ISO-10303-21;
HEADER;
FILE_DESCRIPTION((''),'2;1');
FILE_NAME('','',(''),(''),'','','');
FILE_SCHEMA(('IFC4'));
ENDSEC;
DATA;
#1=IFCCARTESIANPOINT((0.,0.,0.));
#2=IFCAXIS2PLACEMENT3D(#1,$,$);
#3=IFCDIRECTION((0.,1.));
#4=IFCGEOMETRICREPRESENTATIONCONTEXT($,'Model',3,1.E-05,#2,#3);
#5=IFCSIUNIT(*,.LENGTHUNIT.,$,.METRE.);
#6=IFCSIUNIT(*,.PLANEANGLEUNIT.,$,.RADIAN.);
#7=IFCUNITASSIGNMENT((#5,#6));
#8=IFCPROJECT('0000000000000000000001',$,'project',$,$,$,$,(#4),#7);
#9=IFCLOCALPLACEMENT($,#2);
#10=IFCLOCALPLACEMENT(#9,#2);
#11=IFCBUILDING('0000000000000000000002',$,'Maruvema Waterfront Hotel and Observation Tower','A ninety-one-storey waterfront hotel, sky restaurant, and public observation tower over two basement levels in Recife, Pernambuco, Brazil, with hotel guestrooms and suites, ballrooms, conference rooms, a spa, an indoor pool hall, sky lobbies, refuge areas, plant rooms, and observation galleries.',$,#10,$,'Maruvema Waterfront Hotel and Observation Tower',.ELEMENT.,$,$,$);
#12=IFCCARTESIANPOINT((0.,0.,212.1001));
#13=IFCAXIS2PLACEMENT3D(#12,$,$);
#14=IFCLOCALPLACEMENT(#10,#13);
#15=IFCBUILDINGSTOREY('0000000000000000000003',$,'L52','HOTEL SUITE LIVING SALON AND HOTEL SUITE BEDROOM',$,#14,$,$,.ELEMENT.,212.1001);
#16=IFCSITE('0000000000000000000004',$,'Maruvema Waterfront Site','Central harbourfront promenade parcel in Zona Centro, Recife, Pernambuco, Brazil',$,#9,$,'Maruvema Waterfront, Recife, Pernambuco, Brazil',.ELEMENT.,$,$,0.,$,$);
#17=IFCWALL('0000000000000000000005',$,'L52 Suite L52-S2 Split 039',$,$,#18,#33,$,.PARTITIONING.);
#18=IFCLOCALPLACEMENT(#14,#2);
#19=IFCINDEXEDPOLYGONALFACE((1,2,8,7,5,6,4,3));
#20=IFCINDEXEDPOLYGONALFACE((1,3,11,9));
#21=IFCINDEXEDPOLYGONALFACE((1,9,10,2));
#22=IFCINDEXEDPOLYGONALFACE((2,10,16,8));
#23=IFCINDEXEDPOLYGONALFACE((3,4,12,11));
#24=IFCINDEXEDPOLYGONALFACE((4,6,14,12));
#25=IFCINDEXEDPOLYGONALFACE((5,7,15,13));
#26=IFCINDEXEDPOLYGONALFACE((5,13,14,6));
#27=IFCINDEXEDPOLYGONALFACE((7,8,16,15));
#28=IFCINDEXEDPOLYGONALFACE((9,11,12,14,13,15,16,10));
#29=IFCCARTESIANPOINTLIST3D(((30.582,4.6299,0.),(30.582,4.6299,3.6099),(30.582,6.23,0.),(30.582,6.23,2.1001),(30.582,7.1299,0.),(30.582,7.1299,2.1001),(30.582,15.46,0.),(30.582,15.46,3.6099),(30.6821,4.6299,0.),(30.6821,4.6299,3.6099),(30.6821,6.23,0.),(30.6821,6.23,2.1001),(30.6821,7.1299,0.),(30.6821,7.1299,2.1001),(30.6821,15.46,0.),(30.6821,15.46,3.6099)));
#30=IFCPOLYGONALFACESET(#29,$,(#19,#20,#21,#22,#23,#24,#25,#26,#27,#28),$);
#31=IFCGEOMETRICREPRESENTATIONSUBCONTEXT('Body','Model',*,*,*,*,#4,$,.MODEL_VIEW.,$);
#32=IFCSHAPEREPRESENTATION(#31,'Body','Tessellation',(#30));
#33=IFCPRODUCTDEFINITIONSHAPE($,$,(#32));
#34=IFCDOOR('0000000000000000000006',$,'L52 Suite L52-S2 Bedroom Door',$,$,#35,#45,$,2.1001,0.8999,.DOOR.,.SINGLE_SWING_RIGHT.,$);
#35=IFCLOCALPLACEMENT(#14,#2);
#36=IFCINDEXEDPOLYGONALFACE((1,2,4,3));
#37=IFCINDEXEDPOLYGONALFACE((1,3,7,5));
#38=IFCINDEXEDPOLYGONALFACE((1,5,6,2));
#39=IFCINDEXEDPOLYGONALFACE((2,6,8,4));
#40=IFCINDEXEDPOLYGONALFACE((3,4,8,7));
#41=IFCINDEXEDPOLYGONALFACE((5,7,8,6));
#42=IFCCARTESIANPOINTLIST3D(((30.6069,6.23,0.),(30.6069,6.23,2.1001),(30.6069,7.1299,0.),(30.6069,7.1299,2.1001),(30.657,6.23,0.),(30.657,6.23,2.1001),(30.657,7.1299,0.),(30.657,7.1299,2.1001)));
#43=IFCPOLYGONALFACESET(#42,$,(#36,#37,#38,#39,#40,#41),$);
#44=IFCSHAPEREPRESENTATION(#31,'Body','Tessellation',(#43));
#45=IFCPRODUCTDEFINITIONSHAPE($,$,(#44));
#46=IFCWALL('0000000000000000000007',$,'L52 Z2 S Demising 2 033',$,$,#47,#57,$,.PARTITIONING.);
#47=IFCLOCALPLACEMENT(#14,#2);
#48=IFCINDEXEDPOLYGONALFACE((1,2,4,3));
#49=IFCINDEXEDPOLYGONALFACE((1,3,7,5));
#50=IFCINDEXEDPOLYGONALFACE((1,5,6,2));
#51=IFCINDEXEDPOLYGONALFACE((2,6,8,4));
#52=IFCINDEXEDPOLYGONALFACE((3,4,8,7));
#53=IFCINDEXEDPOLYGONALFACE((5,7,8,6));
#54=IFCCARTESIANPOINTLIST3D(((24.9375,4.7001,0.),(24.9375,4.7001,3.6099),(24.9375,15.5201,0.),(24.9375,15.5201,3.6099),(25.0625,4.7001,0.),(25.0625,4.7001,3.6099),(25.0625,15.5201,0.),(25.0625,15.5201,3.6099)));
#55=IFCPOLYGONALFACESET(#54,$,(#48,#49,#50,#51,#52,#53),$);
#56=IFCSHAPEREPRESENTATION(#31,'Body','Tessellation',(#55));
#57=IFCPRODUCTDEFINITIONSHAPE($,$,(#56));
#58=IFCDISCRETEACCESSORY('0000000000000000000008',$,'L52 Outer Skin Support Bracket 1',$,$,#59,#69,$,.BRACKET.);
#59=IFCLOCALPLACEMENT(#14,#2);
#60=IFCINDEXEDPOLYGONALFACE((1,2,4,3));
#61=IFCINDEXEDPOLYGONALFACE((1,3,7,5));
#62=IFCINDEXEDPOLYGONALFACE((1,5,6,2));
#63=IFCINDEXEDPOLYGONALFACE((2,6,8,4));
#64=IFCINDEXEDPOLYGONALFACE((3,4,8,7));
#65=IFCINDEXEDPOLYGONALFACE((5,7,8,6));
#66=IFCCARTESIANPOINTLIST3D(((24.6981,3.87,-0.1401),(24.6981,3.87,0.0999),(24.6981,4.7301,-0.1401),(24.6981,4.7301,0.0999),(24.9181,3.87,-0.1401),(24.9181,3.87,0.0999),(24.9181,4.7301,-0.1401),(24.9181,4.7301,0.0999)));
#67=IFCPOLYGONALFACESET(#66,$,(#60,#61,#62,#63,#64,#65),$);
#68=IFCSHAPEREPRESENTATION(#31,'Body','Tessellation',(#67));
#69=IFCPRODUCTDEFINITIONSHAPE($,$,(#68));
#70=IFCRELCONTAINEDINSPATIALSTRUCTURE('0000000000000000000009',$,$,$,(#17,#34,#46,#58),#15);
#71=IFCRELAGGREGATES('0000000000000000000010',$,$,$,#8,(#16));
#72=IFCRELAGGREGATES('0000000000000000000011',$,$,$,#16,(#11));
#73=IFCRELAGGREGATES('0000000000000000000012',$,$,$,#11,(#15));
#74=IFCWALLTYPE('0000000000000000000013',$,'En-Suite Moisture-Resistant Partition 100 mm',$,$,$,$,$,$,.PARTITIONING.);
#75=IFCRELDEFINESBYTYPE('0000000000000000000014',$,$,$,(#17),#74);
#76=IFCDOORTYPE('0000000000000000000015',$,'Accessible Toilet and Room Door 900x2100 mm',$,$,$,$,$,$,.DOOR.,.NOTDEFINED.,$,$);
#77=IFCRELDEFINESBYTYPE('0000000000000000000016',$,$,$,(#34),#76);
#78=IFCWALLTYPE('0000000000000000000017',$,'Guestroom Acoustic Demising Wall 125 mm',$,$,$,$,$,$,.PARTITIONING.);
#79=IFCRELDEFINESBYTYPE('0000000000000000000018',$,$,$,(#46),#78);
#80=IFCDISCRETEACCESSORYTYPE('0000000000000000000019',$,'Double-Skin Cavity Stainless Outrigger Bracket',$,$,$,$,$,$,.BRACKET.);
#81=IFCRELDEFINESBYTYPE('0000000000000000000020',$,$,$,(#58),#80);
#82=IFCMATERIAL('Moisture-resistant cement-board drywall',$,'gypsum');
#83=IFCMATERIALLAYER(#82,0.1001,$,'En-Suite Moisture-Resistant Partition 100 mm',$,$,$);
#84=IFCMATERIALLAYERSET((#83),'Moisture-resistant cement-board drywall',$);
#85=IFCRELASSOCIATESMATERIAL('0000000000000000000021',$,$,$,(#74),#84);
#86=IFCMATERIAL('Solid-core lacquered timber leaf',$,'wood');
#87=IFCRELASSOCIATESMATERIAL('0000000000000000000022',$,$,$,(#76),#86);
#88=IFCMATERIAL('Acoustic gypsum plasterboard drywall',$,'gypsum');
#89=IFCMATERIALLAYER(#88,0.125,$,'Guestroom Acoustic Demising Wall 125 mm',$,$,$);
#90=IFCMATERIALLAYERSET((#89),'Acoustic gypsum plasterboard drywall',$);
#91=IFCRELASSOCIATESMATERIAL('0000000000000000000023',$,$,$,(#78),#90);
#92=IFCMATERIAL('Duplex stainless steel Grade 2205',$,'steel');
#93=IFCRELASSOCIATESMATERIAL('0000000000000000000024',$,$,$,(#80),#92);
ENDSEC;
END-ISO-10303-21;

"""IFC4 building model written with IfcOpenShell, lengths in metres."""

from ifc_helpers import new_model, si_unit, direction, frame, frame_2d, origin, origin_2d, place, context, subcontext, project, spatial, rectangle, extrude, material, layer, layer_set, type_object, element, fill, save


model = new_model("IFC4")

# Units and contexts
model_context = context("Model", 3, precision=1e-05, world=origin(), true_north=direction((0.0, 1.0)))
body_context = subcontext(model_context, "Body", "Model", "MODEL_VIEW")
ifc_project = project(units=[si_unit("LENGTHUNIT", "METRE"), si_unit("PLANEANGLEUNIT", "RADIAN")], contexts=[model_context])

# Site, building, storey
site_placement = place(None, origin())
site = spatial("IfcSite", under=ifc_project, at=site_placement, Name="Maruvema Waterfront Site", Description="Central harbourfront promenade parcel in Zona Centro, Recife, Pernambuco, Brazil", LongName="Maruvema Waterfront, Recife, Pernambuco, Brazil", CompositionType="ELEMENT", RefElevation=0.0)
building_placement = place(site_placement, origin())
building = spatial("IfcBuilding", under=site, at=building_placement, Name="Maruvema Waterfront Hotel and Observation Tower", Description="A ninety-one-storey waterfront hotel, sky restaurant, and public observation tower over two basement levels in Recife, Pernambuco, Brazil, with hotel guestrooms and suites, ballrooms, conference rooms, a spa, an indoor pool hall, sky lobbies, refuge areas, plant rooms, and observation galleries.", LongName="Maruvema Waterfront Hotel and Observation Tower", CompositionType="ELEMENT")
storey_placement = place(building_placement, frame((0.0, 0.0, 212.1001)))
storey = spatial("IfcBuildingStorey", under=building, at=storey_placement, Name="L52", Description="HOTEL SUITE LIVING SALON AND HOTEL SUITE BEDROOM", CompositionType="ELEMENT", Elevation=212.1001)

# Shared definitions
ifc_material_1 = material(Name="Moisture-resistant cement-board drywall", Category="gypsum")
ifc_layer_1 = layer(ifc_material_1, 0.1001, Name="En-Suite Moisture-Resistant Partition 100 mm")
ifc_layer_set_1 = layer_set([ifc_layer_1], Name="Moisture-resistant cement-board drywall")
wall_type_1 = type_object("IfcWallType", Name="En-Suite Moisture-Resistant Partition 100 mm", PredefinedType="PARTITIONING", material=ifc_layer_set_1)

# Wall, opening, door
wall_1_placement = place(storey_placement, frame((30.6321, 4.6299, 0.0), z_axis=(0.0, 0.0, 1.0), x_axis=(0.0, 1.0, 0.0)))
wall_1 = element("IfcWall", 1, at=wall_1_placement, inside=storey, type_object=wall_type_1, Name="L52 Suite L52-S2 Split 039", PredefinedType="PARTITIONING", context=body_context, shape_type="SweptSolid", body=[
    extrude(rectangle(XDim=10.8301, YDim=0.1001, at=frame_2d((5.415, 0.0))), origin(), (0.0, 0.0, 1.0), 3.6099),
])
opening_1_placement = place(wall_1_placement, frame((1.6001, 0.0, 0.0)))
opening_1 = element("IfcOpeningElement", 2, at=opening_1_placement, cuts=wall_1, PredefinedType="OPENING", context=body_context, shape_type="SweptSolid", body=[
    extrude(rectangle(XDim=0.8999, YDim=2.1001, at=frame_2d((0.45, 1.05))), frame((0.0, 0.0601, 0.0), z_axis=(0.0, -1.0, 0.0), x_axis=(1.0, 0.0, 0.0)), (0.0, 0.0, 1.0), 0.1201),
])
ifc_material_2 = material(Name="Solid-core lacquered timber leaf", Category="wood")
door_type_1 = type_object("IfcDoorType", Name="Accessible Toilet and Room Door 900x2100 mm", OperationType="NOTDEFINED", PredefinedType="DOOR", material=ifc_material_2)
door_1_placement = place(opening_1_placement, frame((0.8999, 0.0, 0.0), z_axis=(0.0, 0.0, 1.0), x_axis=(-1.0, 0.0, 0.0)))
door_1 = element("IfcDoor", 3, at=door_1_placement, inside=storey, type_object=door_type_1, Name="L52 Suite L52-S2 Bedroom Door", OperationType="SINGLE_SWING_RIGHT", OverallHeight=2.1001, OverallWidth=0.8999, PredefinedType="DOOR", context=body_context, shape_type="SweptSolid", body=[
    extrude(rectangle(XDim=0.8999, YDim=2.1001, at=frame_2d((0.45, 1.05))), frame((0.0, 0.0249, 0.0), z_axis=(0.0, -1.0, 0.0), x_axis=(1.0, 0.0, 0.0)), (0.0, 0.0, 1.0), 0.05),
])
fill(opening_1, door_1)

# Wall
ifc_material_3 = material(Name="Acoustic gypsum plasterboard drywall", Category="gypsum")
ifc_layer_2 = layer(ifc_material_3, 0.125, Name="Guestroom Acoustic Demising Wall 125 mm")
ifc_layer_set_2 = layer_set([ifc_layer_2], Name="Acoustic gypsum plasterboard drywall")
wall_type_2 = type_object("IfcWallType", Name="Guestroom Acoustic Demising Wall 125 mm", PredefinedType="PARTITIONING", material=ifc_layer_set_2)
wall_2_placement = place(storey_placement, frame((25.0, 4.7, 0.0), z_axis=(0.0, 0.0, 1.0), x_axis=(0.0, 1.0, 0.0)))
element("IfcWall", 4, at=wall_2_placement, inside=storey, type_object=wall_type_2, Name="L52 Z2 S Demising 2 033", PredefinedType="PARTITIONING", context=body_context, shape_type="SweptSolid", body=[
    extrude(rectangle(XDim=10.8201, YDim=0.125, at=frame_2d((5.4102, 0.0))), origin(), (0.0, 0.0, 1.0), 3.6099),
])

# Discrete accessory
ifc_material_4 = material(Name="Duplex stainless steel Grade 2205", Category="steel")
discrete_accessory_type = type_object("IfcDiscreteAccessoryType", Name="Double-Skin Cavity Stainless Outrigger Bracket", PredefinedType="BRACKET", material=ifc_material_4)
discrete_accessory_placement = place(storey_placement, frame((24.8081, 4.3, -0.1401), z_axis=(0.0, 0.0, 1.0), x_axis=(1.0, 0.0, 0.0)))
element("IfcDiscreteAccessory", 5, at=discrete_accessory_placement, inside=storey, type_object=discrete_accessory_type, Name="L52 Outer Skin Support Bracket 1", PredefinedType="BRACKET", context=body_context, shape_type="SweptSolid", body=[
    extrude(rectangle(XDim=0.22, YDim=0.8601, at=origin_2d()), origin(), (0.0, 0.0, 1.0), 0.24),
])

save(model, "model.ifc")
